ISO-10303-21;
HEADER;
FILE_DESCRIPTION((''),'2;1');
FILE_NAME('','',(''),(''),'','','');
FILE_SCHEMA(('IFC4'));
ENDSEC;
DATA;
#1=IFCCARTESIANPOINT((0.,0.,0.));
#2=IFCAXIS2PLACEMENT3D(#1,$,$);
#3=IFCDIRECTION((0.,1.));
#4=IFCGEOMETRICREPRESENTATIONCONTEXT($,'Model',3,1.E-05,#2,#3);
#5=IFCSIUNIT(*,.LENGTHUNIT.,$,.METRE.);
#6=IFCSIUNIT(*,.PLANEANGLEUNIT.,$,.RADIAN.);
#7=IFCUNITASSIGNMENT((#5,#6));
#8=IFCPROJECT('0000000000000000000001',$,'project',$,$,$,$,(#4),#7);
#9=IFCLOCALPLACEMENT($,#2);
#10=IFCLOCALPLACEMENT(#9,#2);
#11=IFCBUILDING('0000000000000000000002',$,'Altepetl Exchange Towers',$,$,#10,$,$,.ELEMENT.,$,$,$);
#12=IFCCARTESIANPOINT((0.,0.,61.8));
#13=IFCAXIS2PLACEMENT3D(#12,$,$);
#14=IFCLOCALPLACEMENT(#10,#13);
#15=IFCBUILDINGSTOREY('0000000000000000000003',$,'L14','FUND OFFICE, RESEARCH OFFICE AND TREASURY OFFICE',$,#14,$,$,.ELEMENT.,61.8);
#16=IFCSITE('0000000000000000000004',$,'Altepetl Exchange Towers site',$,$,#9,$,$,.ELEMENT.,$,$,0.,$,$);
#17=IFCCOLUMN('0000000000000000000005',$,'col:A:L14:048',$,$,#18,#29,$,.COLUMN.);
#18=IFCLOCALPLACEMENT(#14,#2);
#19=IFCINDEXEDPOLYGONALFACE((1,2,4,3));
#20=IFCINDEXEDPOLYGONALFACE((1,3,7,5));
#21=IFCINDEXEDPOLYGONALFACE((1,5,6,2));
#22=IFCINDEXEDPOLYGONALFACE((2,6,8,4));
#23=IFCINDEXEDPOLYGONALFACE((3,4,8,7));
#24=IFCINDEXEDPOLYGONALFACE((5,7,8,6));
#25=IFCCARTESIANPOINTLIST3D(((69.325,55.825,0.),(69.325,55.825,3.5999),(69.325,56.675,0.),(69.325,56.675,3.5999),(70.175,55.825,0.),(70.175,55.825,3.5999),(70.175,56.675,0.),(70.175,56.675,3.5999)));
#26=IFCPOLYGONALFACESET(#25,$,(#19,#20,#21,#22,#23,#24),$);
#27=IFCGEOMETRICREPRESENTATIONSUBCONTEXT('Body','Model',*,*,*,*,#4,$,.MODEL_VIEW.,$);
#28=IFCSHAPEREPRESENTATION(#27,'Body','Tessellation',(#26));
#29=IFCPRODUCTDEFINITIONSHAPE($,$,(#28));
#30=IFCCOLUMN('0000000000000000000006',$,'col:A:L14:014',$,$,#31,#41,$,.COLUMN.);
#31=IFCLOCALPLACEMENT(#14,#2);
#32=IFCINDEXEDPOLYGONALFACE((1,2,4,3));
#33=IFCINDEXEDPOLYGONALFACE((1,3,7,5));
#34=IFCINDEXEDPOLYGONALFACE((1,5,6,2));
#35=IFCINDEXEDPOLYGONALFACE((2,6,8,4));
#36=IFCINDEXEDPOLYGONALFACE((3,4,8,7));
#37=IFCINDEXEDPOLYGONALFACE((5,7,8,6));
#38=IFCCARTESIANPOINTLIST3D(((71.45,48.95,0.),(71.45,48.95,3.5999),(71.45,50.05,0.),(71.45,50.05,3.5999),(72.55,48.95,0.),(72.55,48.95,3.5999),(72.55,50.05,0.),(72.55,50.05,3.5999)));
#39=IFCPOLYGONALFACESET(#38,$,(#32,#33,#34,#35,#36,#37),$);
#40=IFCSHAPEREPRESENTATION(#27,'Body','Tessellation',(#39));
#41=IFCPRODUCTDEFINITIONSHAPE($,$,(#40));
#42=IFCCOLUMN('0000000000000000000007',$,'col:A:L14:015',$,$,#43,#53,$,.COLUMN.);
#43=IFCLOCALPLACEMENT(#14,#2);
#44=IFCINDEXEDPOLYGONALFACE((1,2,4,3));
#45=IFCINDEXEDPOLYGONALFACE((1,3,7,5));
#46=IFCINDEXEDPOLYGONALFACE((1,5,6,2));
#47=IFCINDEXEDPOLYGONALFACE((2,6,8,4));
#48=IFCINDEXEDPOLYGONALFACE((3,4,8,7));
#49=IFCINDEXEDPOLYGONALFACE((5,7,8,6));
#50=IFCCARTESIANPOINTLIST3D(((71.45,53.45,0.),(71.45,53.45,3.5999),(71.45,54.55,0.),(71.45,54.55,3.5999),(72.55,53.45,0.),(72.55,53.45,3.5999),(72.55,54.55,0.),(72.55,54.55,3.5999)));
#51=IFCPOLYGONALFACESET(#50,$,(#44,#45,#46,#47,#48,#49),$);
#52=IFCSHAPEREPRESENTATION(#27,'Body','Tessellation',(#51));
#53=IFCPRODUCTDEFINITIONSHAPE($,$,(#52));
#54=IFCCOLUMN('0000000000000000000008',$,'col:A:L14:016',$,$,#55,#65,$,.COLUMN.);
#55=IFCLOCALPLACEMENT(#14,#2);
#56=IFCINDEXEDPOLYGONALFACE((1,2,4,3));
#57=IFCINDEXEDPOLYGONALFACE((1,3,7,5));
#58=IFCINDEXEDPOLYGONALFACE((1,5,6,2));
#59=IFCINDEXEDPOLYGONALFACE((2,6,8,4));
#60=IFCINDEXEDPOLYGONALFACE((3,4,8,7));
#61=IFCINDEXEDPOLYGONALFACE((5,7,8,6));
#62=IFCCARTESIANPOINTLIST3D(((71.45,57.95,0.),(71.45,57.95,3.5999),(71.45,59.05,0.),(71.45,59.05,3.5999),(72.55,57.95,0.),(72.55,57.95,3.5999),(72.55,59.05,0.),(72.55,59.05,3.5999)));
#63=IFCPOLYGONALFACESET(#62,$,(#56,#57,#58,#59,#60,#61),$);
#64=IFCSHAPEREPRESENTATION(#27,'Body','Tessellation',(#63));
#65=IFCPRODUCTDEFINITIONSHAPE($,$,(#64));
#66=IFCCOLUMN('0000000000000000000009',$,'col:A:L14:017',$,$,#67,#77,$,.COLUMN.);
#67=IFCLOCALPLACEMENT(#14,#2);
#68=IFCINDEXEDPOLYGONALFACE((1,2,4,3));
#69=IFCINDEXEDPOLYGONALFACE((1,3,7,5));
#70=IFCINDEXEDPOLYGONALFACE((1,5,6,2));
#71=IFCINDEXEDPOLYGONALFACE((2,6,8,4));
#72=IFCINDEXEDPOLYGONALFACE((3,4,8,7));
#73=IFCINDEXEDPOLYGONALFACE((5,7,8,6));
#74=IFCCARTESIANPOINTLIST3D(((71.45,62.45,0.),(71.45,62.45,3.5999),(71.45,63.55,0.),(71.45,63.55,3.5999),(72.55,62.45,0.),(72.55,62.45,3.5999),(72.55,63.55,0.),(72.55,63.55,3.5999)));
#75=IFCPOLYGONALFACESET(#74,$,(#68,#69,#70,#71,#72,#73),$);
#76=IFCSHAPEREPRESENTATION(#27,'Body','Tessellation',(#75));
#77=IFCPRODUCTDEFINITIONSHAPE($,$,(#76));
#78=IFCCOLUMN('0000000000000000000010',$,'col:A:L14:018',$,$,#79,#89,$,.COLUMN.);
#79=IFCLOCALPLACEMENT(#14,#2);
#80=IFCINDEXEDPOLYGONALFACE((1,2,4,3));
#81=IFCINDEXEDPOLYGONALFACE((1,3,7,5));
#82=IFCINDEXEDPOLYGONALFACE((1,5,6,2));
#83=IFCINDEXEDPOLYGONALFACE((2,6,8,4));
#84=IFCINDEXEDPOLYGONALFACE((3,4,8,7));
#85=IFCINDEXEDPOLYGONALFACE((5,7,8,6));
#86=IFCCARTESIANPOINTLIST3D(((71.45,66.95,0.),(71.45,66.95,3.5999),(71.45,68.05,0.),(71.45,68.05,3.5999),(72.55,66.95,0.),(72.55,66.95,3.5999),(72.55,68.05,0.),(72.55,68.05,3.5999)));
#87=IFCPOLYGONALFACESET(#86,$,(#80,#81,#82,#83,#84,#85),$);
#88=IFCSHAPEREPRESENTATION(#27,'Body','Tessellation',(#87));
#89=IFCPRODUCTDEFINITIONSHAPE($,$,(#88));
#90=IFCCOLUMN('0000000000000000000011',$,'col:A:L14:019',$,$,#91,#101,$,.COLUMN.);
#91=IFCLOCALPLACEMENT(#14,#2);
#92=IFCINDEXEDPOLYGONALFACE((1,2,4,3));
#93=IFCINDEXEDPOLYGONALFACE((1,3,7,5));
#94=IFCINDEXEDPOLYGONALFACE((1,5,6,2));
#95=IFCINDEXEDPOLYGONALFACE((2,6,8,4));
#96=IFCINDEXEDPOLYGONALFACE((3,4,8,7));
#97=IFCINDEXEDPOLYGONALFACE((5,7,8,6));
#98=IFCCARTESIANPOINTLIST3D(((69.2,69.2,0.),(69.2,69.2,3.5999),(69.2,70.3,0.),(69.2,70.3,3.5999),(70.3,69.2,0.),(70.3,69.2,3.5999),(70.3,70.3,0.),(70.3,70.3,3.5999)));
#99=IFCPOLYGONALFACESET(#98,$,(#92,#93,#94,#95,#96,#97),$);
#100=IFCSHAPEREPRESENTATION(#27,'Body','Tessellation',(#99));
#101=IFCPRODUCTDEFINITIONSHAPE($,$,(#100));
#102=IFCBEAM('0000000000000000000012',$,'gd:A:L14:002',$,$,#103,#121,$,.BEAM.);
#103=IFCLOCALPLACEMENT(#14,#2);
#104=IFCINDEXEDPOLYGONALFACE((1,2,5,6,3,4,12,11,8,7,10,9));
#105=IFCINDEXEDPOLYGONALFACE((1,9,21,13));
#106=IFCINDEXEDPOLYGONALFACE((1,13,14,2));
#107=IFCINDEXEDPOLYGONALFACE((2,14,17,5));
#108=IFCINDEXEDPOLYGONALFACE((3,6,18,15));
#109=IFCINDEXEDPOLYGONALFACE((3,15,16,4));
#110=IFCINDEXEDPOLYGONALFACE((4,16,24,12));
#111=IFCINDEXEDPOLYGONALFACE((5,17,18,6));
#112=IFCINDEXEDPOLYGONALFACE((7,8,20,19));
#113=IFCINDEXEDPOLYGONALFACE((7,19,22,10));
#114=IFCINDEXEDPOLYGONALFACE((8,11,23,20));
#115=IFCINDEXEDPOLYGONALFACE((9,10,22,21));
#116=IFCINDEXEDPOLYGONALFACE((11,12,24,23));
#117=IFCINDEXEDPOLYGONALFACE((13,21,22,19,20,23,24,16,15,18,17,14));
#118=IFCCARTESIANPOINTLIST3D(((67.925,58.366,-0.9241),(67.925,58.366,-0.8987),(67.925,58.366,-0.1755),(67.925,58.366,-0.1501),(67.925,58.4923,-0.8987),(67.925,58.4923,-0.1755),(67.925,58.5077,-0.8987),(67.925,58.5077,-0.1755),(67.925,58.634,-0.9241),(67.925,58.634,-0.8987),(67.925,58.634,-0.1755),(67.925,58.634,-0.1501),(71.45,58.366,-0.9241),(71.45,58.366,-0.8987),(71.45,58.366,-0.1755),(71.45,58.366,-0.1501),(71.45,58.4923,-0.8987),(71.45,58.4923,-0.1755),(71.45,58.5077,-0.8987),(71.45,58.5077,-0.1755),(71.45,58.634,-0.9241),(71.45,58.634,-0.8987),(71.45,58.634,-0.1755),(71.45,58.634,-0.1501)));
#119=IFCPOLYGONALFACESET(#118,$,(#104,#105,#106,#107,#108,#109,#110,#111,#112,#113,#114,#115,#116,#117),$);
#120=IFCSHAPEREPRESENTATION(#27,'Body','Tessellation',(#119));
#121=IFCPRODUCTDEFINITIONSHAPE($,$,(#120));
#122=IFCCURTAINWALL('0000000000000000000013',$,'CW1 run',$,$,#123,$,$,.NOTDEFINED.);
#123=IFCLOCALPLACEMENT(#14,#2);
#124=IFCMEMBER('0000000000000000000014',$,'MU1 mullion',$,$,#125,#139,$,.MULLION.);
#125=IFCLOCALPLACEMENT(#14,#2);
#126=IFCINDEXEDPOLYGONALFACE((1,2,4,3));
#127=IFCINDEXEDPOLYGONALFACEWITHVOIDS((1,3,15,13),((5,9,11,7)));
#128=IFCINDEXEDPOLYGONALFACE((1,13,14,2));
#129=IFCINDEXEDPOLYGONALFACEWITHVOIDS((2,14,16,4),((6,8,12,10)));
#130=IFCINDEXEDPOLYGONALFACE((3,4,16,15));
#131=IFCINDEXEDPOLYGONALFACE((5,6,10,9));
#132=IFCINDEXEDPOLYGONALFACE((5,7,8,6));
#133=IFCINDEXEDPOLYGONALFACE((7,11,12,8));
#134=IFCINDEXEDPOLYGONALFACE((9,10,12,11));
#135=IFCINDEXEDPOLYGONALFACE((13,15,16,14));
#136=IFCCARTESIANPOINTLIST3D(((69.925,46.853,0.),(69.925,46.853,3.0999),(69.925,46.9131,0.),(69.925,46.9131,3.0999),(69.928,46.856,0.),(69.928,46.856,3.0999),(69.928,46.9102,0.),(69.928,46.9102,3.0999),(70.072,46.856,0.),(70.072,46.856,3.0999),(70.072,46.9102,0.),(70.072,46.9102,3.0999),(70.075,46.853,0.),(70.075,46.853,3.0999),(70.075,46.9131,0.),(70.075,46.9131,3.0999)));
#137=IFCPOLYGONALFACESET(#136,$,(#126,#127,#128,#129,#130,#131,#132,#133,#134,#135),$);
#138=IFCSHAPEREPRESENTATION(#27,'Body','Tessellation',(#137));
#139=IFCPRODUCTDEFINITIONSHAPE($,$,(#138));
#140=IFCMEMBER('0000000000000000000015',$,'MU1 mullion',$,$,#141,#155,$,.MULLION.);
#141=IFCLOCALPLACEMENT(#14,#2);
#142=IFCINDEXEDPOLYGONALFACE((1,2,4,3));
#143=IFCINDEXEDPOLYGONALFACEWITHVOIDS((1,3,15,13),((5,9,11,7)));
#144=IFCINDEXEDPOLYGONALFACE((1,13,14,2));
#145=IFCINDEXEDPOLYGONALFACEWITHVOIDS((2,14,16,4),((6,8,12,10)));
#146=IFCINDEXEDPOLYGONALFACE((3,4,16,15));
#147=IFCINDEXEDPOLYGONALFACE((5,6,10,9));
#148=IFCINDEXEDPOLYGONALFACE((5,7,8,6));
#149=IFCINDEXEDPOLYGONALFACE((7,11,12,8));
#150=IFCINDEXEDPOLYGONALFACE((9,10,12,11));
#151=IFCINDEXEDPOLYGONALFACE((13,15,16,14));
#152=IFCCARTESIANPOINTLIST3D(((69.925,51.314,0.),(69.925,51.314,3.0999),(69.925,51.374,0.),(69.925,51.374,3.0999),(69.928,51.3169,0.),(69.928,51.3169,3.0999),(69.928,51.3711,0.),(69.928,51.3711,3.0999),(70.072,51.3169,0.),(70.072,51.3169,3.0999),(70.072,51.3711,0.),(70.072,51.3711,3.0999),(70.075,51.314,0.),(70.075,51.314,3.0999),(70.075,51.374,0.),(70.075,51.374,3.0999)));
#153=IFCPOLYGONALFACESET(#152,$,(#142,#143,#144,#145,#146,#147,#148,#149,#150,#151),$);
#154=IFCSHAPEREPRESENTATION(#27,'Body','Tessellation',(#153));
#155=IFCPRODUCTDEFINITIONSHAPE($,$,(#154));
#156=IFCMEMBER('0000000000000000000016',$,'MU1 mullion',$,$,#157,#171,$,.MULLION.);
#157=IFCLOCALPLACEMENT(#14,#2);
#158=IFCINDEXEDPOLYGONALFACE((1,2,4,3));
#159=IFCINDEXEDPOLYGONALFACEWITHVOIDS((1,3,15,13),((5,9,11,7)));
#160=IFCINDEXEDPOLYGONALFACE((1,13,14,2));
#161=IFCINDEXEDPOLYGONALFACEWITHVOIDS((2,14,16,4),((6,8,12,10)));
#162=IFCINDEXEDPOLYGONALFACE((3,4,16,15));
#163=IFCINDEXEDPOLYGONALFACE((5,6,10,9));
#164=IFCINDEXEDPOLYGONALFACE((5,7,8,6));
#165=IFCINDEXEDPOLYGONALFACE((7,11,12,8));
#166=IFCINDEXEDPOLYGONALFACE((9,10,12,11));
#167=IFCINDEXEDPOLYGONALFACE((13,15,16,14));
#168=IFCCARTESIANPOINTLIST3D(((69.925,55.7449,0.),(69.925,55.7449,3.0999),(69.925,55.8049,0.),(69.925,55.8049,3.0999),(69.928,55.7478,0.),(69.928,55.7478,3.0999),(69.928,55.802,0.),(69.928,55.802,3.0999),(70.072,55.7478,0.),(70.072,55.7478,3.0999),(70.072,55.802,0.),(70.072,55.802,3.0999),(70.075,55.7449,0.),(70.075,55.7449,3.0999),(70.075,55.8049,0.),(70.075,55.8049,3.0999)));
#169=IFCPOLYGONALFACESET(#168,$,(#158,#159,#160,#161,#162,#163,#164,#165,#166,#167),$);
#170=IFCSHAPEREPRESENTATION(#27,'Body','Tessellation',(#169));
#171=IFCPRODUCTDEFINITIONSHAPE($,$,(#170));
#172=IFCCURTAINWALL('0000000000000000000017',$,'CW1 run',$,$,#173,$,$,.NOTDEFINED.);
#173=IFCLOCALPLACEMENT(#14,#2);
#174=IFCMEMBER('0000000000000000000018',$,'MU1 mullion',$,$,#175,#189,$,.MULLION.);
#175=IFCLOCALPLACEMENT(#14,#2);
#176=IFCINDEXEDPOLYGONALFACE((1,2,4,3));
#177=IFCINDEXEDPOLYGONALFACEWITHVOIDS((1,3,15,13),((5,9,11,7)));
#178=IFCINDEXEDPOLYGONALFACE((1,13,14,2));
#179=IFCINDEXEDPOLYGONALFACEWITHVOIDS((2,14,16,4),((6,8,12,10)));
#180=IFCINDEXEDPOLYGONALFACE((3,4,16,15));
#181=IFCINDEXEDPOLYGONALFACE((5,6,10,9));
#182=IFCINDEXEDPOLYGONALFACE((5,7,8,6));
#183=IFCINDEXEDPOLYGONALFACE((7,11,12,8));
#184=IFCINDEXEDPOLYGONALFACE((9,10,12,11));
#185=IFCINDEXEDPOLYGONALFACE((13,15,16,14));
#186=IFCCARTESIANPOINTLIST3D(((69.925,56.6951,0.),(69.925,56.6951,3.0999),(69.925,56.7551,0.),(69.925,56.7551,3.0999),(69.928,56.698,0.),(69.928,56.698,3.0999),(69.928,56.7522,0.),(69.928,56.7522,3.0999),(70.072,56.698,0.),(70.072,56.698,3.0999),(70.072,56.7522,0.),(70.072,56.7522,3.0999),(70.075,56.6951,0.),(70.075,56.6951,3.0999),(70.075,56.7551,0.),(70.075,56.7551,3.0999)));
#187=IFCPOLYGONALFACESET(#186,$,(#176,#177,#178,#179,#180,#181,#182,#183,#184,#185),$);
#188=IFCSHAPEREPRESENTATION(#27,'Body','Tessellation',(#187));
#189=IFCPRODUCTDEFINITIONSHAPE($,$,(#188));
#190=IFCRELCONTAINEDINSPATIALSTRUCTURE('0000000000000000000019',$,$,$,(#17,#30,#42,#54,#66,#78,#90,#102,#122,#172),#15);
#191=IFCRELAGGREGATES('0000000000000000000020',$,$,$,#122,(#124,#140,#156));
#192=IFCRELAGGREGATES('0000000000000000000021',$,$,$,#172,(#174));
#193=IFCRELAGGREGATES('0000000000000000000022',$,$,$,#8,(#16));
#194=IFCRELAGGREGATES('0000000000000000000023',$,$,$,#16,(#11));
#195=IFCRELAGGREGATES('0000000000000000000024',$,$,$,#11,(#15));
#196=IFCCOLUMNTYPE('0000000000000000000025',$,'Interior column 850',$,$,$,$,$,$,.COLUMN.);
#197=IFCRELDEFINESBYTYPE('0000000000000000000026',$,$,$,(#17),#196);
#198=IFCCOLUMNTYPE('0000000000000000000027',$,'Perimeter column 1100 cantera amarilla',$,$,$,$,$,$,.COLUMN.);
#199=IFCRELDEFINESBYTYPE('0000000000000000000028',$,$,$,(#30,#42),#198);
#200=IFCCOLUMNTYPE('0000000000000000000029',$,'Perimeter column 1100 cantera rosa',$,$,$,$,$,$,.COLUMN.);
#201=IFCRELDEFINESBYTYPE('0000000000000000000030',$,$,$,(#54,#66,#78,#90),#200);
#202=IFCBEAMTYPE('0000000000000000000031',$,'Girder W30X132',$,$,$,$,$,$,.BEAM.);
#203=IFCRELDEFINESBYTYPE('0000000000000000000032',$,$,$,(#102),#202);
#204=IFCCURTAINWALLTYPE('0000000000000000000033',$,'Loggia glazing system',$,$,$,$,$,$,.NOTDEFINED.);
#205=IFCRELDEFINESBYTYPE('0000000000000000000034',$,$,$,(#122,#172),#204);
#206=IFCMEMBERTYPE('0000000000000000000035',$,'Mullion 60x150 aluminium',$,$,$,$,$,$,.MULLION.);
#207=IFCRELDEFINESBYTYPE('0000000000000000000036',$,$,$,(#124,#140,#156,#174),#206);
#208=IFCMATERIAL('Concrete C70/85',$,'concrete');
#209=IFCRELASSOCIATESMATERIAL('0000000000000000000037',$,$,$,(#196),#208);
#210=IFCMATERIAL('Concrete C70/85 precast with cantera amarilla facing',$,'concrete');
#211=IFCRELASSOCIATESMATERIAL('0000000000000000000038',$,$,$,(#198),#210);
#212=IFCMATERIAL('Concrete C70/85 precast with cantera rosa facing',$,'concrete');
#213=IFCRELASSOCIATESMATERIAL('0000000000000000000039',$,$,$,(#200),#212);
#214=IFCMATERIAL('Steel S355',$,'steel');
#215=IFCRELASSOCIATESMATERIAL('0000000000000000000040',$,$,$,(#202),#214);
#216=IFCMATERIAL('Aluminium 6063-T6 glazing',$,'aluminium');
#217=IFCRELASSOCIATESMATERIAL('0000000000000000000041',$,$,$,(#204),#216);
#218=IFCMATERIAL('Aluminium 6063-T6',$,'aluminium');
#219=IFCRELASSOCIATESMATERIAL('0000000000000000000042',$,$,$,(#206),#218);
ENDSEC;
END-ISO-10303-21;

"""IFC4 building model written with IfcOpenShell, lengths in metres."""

from ifc_helpers import new_model, si_unit, direction, frame, origin, origin_2d, place, context, subcontext, project, spatial, rectangle, hollow_rectangle, i_section, extrude, material, material_profile, profile_set, type_object, element, aggregate, save


model = new_model("IFC4")

# Units and contexts
model_context = context("Model", 3, precision=1e-05, world=origin(), true_north=direction((0.0, 1.0)))
body_context = subcontext(model_context, "Body", "Model", "MODEL_VIEW")
ifc_project = project(units=[si_unit("LENGTHUNIT", "METRE"), si_unit("PLANEANGLEUNIT", "RADIAN")], contexts=[model_context])

# Site, building, storey
site_placement = place(None, origin())
site = spatial("IfcSite", under=ifc_project, at=site_placement, Name="Altepetl Exchange Towers site", CompositionType="ELEMENT", RefElevation=0.0)
building_placement = place(site_placement, origin())
building = spatial("IfcBuilding", under=site, at=building_placement, Name="Altepetl Exchange Towers", CompositionType="ELEMENT")
storey_placement = place(building_placement, frame((0.0, 0.0, 61.8)))
storey = spatial("IfcBuildingStorey", under=building, at=storey_placement, Name="L14", Description="FUND OFFICE, RESEARCH OFFICE AND TREASURY OFFICE", CompositionType="ELEMENT", Elevation=61.8)

# Columns
ifc_material_1 = material(Name="Concrete C70/85", Category="concrete")
ifc_material_profile_1 = material_profile(ifc_material_1, rectangle(XDim=0.8501, YDim=0.8501, at=origin_2d()), Name="850 x 850")
ifc_profile_set_1 = profile_set([ifc_material_profile_1], Name="Concrete C70/85")
column_type_1 = type_object("IfcColumnType", Name="Interior column 850", PredefinedType="COLUMN", material=ifc_profile_set_1)
column_placement = place(storey_placement, frame((69.75, 56.25, 0.0)))
element("IfcColumn", 1, at=column_placement, inside=storey, type_object=column_type_1, Name="col:A:L14:048", PredefinedType="COLUMN", context=body_context, shape_type="SweptSolid", body=[
    extrude(rectangle(XDim=0.8501, YDim=0.8501, at=origin_2d()), origin(), (0.0, 0.0, 1.0), 3.5999),
])
ifc_material_2 = material(Name="Concrete C70/85 precast with cantera amarilla facing", Category="concrete")
ifc_material_profile_2 = material_profile(ifc_material_2, rectangle(XDim=1.1001, YDim=1.1001, at=origin_2d()), Name="1100 x 1100")
ifc_profile_set_2 = profile_set([ifc_material_profile_2], Name="Concrete C70/85 precast with cantera amarilla facing")
column_type_2 = type_object("IfcColumnType", Name="Perimeter column 1100 cantera amarilla", PredefinedType="COLUMN", material=ifc_profile_set_2)
for number, where, name in (
    (2, (72.0, 49.5, 0.0), "col:A:L14:014"),
    (3, (72.0, 54.0, 0.0), "col:A:L14:015"),
):
    element("IfcColumn", number, at=place(storey_placement, frame(where)), inside=storey, type_object=column_type_2, Name=name, PredefinedType="COLUMN", context=body_context, shape_type="SweptSolid", body=[
        extrude(rectangle(XDim=1.1001, YDim=1.1001, at=origin_2d()), origin(), (0.0, 0.0, 1.0), 3.5999),
    ])
ifc_material_3 = material(Name="Concrete C70/85 precast with cantera rosa facing", Category="concrete")
ifc_material_profile_3 = material_profile(ifc_material_3, rectangle(XDim=1.1001, YDim=1.1001, at=origin_2d()), Name="1100 x 1100")
ifc_profile_set_3 = profile_set([ifc_material_profile_3], Name="Concrete C70/85 precast with cantera rosa facing")
column_type_3 = type_object("IfcColumnType", Name="Perimeter column 1100 cantera rosa", PredefinedType="COLUMN", material=ifc_profile_set_3)
for number, where, name in (
    (4, (72.0, 58.5, 0.0), "col:A:L14:016"),
    (5, (72.0, 63.0, 0.0), "col:A:L14:017"),
    (6, (72.0, 67.5, 0.0), "col:A:L14:018"),
    (7, (69.75, 69.75, 0.0), "col:A:L14:019"),
):
    element("IfcColumn", number, at=place(storey_placement, frame(where)), inside=storey, type_object=column_type_3, Name=name, PredefinedType="COLUMN", context=body_context, shape_type="SweptSolid", body=[
        extrude(rectangle(XDim=1.1001, YDim=1.1001, at=origin_2d()), origin(), (0.0, 0.0, 1.0), 3.5999),
    ])

# Beam
ifc_material_4 = material(Name="Steel S355", Category="steel")
ifc_material_profile_4 = material_profile(ifc_material_4, i_section(OverallWidth=0.2681, OverallDepth=0.7739, WebThickness=0.0154, FlangeThickness=0.0254, at=origin_2d()), Name="W30X132")
ifc_profile_set_4 = profile_set([ifc_material_profile_4], Name="Steel S355")
beam_type_1 = type_object("IfcBeamType", Name="Girder W30X132", PredefinedType="BEAM", material=ifc_profile_set_4)
beam_1_placement = place(storey_placement, frame((67.925, 58.5, -0.5371), z_axis=(1.0, 0.0, 0.0), x_axis=(0.0, 1.0, 0.0)))
element("IfcBeam", 8, at=beam_1_placement, inside=storey, type_object=beam_type_1, Name="gd:A:L14:002", PredefinedType="BEAM", context=body_context, shape_type="SweptSolid", body=[
    extrude(i_section(OverallWidth=0.2681, OverallDepth=0.7739, WebThickness=0.0154, FlangeThickness=0.0254, at=origin_2d()), origin(), (0.0, 0.0, 1.0), 3.5249),
])

# Curtain walls, members
ifc_material_5 = material(Name="Aluminium 6063-T6 glazing", Category="aluminium")
curtain_wall_type = type_object("IfcCurtainWallType", Name="Loggia glazing system", PredefinedType="NOTDEFINED", material=ifc_material_5)
curtain_wall_1_placement = place(storey_placement, origin())
curtain_wall_1 = element("IfcCurtainWall", 9, at=curtain_wall_1_placement, inside=storey, type_object=curtain_wall_type, Name="CW1 run", PredefinedType="NOTDEFINED")
ifc_material_6 = material(Name="Aluminium 6063-T6", Category="aluminium")
ifc_material_profile_5 = material_profile(ifc_material_6, hollow_rectangle(XDim=0.0601, YDim=0.1499, WallThickness=0.0029, at=origin_2d()), Name="Mullion 60x150 aluminium")
ifc_profile_set_5 = profile_set([ifc_material_profile_5], Name="Aluminium 6063-T6")
member_type = type_object("IfcMemberType", Name="Mullion 60x150 aluminium", PredefinedType="MULLION", material=ifc_profile_set_5)
member_1_placement = place(storey_placement, frame((70.0, 46.8831, 0.0), z_axis=(0.0, 0.0, 1.0), x_axis=(0.0, 1.0, 0.0)))
member_1 = element("IfcMember", 10, at=member_1_placement, type_object=member_type, Name="MU1 mullion", PredefinedType="MULLION", context=body_context, shape_type="SweptSolid", body=[
    extrude(hollow_rectangle(XDim=0.0601, YDim=0.1499, WallThickness=0.0029, at=origin_2d()), origin(), (0.0, 0.0, 1.0), 3.0999),
])
member_2_placement = place(storey_placement, frame((70.0, 51.344, 0.0), z_axis=(0.0, 0.0, 1.0), x_axis=(0.0, 1.0, 0.0)))
member_2 = element("IfcMember", 11, at=member_2_placement, type_object=member_type, Name="MU1 mullion", PredefinedType="MULLION", context=body_context, shape_type="SweptSolid", body=[
    extrude(hollow_rectangle(XDim=0.0601, YDim=0.1499, WallThickness=0.0029, at=origin_2d()), origin(), (0.0, 0.0, 1.0), 3.0999),
])
member_3_placement = place(storey_placement, frame((70.0, 55.7749, 0.0), z_axis=(0.0, 0.0, 1.0), x_axis=(0.0, 1.0, 0.0)))
member_3 = element("IfcMember", 12, at=member_3_placement, type_object=member_type, Name="MU1 mullion", PredefinedType="MULLION", context=body_context, shape_type="SweptSolid", body=[
    extrude(hollow_rectangle(XDim=0.0601, YDim=0.1499, WallThickness=0.0029, at=origin_2d()), origin(), (0.0, 0.0, 1.0), 3.0999),
])
curtain_wall_2_placement = place(storey_placement, origin())
curtain_wall_2 = element("IfcCurtainWall", 13, at=curtain_wall_2_placement, inside=storey, type_object=curtain_wall_type, Name="CW1 run", PredefinedType="NOTDEFINED")
member_4_placement = place(storey_placement, frame((70.0, 56.7251, 0.0), z_axis=(0.0, 0.0, 1.0), x_axis=(0.0, 1.0, 0.0)))
member_4 = element("IfcMember", 14, at=member_4_placement, type_object=member_type, Name="MU1 mullion", PredefinedType="MULLION", context=body_context, shape_type="SweptSolid", body=[
    extrude(hollow_rectangle(XDim=0.0601, YDim=0.1499, WallThickness=0.0029, at=origin_2d()), origin(), (0.0, 0.0, 1.0), 3.0999),
])

aggregate(curtain_wall_1, [member_1, member_2, member_3])
aggregate(curtain_wall_2, [member_4])

save(model, "model.ifc")
